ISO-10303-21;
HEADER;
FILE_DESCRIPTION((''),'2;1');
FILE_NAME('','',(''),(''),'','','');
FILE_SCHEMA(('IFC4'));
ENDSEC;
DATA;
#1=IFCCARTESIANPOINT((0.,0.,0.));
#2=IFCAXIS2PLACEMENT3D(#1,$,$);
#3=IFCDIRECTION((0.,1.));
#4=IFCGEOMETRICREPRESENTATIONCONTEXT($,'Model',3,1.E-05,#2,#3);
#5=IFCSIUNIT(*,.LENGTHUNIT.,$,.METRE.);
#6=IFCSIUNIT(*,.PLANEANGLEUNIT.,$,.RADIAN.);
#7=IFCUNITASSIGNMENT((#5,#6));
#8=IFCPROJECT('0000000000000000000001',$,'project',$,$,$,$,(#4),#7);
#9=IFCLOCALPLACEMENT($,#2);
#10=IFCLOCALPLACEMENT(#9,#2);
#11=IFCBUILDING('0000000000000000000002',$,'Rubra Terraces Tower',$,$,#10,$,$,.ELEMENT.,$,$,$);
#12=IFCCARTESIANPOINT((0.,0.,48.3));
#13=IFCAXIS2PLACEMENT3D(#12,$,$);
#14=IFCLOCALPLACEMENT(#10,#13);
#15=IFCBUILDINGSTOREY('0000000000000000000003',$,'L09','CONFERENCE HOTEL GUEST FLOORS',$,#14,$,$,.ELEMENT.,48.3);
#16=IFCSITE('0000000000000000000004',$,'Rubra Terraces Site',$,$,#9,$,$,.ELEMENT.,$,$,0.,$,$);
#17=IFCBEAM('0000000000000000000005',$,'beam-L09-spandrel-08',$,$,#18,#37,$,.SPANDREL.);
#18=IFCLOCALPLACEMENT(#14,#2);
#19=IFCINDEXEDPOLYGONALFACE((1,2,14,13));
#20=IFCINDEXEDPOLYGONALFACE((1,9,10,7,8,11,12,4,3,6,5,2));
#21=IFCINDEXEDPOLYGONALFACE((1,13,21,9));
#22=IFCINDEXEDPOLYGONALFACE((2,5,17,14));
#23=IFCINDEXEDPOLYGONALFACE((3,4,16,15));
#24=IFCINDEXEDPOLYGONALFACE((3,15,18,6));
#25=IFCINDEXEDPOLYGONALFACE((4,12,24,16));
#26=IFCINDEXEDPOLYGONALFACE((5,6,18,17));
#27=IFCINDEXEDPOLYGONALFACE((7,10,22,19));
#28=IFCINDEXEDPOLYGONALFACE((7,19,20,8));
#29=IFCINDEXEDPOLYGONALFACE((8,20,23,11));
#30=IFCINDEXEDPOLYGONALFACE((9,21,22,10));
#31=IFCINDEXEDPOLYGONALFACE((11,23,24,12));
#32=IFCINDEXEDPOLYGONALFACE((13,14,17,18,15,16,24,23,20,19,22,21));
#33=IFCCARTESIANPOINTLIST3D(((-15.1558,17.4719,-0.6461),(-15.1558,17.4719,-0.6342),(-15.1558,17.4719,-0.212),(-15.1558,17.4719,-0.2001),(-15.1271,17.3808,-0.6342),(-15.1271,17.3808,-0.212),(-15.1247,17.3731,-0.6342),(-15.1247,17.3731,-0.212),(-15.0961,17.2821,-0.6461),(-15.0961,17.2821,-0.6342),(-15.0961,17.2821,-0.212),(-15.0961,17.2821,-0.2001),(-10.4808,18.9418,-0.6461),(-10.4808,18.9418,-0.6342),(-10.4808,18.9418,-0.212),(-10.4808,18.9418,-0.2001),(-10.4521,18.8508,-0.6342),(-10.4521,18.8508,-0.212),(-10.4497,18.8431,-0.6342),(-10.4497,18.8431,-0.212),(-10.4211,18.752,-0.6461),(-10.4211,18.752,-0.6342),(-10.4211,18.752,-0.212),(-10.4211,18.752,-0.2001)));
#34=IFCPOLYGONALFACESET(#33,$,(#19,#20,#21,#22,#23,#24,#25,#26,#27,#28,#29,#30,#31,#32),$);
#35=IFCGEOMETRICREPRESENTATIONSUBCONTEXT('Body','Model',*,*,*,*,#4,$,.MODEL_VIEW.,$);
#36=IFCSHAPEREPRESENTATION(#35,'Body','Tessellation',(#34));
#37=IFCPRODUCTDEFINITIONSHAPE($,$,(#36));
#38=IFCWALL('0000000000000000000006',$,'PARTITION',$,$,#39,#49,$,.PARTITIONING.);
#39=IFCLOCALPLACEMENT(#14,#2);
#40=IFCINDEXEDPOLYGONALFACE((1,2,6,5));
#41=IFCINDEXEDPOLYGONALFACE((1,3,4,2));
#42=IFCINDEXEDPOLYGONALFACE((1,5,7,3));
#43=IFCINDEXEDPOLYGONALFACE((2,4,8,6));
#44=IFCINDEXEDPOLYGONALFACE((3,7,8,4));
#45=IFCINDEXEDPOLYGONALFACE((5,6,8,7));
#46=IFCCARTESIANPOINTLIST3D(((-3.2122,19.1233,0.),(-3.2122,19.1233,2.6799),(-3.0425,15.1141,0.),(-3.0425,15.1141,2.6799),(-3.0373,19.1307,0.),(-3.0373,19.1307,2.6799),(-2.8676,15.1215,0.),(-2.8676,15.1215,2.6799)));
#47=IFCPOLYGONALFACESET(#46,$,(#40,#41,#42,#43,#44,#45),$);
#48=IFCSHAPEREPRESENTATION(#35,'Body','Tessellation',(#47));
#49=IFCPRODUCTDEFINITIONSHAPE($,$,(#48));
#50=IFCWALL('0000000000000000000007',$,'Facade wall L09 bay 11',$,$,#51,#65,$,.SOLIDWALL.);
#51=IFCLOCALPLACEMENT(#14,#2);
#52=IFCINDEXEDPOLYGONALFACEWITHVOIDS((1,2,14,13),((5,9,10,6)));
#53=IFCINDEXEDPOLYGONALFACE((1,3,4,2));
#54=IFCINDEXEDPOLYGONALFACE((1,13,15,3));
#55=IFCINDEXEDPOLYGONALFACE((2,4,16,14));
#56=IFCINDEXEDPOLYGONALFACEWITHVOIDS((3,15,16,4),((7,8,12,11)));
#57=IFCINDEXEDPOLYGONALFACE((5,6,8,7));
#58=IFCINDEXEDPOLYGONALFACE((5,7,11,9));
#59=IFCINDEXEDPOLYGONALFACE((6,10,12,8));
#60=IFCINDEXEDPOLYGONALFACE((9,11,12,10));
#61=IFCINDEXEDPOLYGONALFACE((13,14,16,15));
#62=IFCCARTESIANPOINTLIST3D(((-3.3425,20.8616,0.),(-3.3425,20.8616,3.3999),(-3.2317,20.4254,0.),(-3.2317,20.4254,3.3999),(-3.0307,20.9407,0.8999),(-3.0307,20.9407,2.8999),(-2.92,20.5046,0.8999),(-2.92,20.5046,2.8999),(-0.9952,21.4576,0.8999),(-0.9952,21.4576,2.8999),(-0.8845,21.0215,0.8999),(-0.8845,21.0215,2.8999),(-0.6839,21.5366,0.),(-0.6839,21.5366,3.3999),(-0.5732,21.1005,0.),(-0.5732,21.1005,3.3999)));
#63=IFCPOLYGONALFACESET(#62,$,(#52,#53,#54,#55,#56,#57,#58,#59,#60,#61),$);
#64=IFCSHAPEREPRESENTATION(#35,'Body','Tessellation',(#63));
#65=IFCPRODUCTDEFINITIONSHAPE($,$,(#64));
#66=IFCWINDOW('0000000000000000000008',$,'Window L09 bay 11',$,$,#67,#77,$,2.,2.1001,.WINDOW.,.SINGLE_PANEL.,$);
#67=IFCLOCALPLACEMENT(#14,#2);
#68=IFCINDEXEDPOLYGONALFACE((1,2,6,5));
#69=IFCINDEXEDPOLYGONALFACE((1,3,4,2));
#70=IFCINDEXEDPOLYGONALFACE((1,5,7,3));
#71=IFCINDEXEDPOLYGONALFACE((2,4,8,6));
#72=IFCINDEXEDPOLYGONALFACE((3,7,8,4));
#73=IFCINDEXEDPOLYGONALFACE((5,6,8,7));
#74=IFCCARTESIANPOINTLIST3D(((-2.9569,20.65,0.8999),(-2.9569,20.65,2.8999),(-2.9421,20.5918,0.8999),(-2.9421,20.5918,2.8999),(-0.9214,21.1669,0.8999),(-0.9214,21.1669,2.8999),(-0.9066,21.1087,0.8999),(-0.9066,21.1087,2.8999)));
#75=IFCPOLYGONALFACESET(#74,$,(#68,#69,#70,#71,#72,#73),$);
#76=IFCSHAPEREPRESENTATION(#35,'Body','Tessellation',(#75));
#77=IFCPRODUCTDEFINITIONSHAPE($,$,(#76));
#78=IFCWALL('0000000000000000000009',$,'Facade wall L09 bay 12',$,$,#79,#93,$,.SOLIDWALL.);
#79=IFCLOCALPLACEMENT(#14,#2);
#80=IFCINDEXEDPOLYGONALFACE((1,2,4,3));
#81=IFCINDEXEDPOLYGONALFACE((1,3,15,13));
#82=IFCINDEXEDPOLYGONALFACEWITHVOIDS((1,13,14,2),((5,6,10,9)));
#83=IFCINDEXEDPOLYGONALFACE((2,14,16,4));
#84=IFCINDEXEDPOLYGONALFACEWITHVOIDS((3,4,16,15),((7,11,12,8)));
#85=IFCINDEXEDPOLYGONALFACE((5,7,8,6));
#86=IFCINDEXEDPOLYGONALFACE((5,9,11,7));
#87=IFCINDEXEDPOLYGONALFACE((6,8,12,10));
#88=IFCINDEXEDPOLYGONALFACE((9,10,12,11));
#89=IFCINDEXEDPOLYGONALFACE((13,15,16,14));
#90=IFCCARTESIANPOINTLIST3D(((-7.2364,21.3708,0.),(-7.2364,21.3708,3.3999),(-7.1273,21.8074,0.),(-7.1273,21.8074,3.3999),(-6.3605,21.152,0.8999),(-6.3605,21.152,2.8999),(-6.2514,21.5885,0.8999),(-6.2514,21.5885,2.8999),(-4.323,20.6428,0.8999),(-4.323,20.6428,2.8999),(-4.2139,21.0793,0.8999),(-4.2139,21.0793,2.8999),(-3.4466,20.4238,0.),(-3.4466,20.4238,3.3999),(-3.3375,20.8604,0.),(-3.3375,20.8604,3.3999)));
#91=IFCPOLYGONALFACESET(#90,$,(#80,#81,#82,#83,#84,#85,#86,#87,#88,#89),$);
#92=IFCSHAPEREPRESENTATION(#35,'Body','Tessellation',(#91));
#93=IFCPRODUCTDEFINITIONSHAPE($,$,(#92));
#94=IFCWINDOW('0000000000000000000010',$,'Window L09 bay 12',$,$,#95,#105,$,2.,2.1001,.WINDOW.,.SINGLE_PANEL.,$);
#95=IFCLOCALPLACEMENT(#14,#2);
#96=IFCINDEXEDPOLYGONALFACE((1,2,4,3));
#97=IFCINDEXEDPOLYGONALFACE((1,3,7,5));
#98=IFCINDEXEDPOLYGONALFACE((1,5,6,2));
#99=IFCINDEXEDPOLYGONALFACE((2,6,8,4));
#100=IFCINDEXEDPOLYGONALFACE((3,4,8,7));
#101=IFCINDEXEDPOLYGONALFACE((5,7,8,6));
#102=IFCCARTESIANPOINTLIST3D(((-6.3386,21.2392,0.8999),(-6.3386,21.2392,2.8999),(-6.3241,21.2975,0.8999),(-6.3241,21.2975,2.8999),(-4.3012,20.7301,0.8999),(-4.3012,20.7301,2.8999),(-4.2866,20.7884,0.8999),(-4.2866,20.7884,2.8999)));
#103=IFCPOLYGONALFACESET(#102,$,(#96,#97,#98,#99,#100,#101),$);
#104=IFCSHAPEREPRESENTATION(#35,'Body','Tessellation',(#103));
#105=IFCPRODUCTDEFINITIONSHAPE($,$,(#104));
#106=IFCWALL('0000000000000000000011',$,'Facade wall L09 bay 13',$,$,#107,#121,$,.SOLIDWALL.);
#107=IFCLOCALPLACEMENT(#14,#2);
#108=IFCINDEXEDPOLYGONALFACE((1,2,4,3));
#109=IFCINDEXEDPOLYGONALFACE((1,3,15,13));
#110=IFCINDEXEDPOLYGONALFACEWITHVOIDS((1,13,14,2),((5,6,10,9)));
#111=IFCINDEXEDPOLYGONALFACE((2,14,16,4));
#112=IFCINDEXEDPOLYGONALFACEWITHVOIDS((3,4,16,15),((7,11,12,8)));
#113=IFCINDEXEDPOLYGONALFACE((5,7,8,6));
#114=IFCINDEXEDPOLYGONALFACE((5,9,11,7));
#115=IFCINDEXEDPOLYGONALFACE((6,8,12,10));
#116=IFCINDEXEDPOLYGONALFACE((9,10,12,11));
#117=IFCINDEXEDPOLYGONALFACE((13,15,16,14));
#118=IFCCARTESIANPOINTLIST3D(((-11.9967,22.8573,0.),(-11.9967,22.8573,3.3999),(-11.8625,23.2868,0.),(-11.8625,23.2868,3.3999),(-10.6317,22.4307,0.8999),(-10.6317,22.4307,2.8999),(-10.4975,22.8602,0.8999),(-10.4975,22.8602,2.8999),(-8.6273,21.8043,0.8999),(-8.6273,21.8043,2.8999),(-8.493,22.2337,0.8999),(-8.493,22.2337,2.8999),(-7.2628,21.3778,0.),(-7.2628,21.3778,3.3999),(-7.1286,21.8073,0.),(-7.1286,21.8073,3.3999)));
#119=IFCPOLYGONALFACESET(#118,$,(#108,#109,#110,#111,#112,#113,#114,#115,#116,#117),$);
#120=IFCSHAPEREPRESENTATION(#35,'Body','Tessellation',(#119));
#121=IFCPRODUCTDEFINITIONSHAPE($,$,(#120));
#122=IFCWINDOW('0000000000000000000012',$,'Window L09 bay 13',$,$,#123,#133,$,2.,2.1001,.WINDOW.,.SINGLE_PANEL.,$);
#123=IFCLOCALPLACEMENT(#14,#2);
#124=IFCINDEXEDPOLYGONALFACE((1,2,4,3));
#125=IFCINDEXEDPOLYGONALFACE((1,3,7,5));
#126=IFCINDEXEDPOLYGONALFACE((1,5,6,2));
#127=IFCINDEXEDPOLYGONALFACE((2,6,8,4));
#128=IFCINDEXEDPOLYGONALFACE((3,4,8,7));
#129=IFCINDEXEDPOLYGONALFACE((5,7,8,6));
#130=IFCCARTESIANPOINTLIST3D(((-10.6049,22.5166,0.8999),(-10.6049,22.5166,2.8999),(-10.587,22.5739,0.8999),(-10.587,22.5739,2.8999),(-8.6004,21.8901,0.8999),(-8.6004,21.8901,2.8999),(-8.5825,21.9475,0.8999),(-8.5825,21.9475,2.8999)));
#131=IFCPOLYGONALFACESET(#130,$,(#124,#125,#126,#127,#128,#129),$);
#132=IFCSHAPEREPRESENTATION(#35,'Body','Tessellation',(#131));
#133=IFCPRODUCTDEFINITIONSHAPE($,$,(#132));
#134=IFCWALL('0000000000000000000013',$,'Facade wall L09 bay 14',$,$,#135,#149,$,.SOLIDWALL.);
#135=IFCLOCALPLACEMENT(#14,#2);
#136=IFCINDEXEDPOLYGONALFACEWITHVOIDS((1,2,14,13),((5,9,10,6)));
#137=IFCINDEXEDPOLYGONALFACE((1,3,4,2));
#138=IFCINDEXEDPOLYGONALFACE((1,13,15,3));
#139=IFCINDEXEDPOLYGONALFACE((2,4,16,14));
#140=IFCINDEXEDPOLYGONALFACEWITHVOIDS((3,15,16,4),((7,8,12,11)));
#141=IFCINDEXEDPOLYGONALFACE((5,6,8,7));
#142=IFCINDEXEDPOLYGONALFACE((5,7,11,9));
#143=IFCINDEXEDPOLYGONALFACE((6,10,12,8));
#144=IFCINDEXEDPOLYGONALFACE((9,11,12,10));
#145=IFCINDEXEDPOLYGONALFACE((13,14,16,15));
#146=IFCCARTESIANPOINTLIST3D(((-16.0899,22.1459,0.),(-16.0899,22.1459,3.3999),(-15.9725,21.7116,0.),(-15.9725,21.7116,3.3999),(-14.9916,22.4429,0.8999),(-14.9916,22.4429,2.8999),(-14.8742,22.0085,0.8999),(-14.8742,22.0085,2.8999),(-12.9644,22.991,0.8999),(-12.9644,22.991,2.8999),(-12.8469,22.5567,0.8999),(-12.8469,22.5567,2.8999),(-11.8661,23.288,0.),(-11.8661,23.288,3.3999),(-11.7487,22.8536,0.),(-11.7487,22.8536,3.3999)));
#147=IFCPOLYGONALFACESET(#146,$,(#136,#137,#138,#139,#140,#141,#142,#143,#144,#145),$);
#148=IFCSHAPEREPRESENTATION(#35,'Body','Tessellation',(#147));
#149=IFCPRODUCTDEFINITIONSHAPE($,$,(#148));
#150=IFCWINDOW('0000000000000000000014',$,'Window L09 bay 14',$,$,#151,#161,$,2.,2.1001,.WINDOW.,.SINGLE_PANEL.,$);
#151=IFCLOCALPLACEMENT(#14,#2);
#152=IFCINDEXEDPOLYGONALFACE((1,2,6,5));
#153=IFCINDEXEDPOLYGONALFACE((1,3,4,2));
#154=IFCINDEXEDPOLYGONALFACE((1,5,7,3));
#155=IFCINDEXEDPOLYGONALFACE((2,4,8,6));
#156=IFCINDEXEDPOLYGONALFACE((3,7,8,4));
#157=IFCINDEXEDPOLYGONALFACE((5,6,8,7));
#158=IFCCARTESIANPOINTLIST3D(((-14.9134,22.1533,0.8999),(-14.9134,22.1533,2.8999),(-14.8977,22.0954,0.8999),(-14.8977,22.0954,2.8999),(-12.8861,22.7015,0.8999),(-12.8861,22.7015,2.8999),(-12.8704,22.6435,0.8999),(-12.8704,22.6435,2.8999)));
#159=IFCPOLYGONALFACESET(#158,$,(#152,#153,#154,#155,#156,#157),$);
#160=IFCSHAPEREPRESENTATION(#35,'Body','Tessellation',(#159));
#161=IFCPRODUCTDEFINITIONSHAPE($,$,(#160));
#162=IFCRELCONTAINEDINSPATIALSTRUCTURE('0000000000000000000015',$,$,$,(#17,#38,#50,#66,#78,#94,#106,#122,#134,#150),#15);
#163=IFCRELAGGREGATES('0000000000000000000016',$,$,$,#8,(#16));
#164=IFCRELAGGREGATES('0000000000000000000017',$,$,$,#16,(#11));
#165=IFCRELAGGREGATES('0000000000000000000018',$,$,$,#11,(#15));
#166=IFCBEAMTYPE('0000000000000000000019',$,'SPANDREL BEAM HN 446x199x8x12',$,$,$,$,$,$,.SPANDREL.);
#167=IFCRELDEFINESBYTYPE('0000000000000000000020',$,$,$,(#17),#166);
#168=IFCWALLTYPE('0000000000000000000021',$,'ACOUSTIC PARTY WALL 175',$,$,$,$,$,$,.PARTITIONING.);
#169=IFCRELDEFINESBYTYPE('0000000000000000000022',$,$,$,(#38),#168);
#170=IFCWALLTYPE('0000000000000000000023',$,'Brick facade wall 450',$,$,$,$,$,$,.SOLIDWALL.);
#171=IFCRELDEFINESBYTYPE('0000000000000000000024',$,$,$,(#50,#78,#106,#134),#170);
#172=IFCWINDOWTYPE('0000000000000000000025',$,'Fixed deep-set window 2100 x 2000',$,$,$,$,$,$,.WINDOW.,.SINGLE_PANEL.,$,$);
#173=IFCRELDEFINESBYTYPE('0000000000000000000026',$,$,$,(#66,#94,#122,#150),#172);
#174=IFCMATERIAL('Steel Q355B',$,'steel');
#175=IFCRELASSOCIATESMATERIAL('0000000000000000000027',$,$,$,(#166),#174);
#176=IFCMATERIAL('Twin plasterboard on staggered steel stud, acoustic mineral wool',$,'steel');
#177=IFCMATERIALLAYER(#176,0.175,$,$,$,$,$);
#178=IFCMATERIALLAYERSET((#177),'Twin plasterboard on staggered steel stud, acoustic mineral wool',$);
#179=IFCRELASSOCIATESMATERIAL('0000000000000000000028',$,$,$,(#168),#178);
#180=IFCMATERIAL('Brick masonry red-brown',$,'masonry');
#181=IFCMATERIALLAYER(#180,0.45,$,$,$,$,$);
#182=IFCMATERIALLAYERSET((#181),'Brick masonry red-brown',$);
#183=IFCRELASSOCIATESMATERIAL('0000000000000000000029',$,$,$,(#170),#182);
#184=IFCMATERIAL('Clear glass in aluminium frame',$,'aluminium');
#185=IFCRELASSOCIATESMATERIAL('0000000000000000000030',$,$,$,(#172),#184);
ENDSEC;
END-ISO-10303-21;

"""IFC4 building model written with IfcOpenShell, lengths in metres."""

from ifc_helpers import new_model, si_unit, direction, frame, frame_2d, origin, origin_2d, place, context, subcontext, project, spatial, rectangle, i_section, extrude, material, layer, layer_set, material_profile, profile_set, type_object, element, fill, save


model = new_model("IFC4")

# Units and contexts
model_context = context("Model", 3, precision=1e-05, world=origin(), true_north=direction((0.0, 1.0)))
body_context = subcontext(model_context, "Body", "Model", "MODEL_VIEW")
ifc_project = project(units=[si_unit("LENGTHUNIT", "METRE"), si_unit("PLANEANGLEUNIT", "RADIAN")], contexts=[model_context])

# Site, building, storey
site_placement = place(None, origin())
site = spatial("IfcSite", under=ifc_project, at=site_placement, Name="Rubra Terraces Site", CompositionType="ELEMENT", RefElevation=0.0)
building_placement = place(site_placement, origin())
building = spatial("IfcBuilding", under=site, at=building_placement, Name="Rubra Terraces Tower", CompositionType="ELEMENT")
storey_placement = place(building_placement, frame((0.0, 0.0, 48.3)))
storey = spatial("IfcBuildingStorey", under=building, at=storey_placement, Name="L09", Description="CONFERENCE HOTEL GUEST FLOORS", CompositionType="ELEMENT", Elevation=48.3)

# Beam
ifc_material_1 = material(Name="Steel Q355B", Category="steel")
ifc_material_profile_1 = material_profile(ifc_material_1, i_section(OverallWidth=0.199, OverallDepth=0.446, WebThickness=0.0081, FlangeThickness=0.012, at=origin_2d()), Name="HN 446x199x8x12")
ifc_profile_set_1 = profile_set([ifc_material_profile_1], Name="Steel Q355B")
beam_type_1 = type_object("IfcBeamType", Name="SPANDREL BEAM HN 446x199x8x12", PredefinedType="SPANDREL", material=ifc_profile_set_1)
beam_1_placement = place(storey_placement, frame((-10.4509, 18.8469, -0.4231), z_axis=(-0.953955, -0.299951, 0.0), x_axis=(0.299951, -0.953955, 0.0)))
element("IfcBeam", 1, at=beam_1_placement, inside=storey, type_object=beam_type_1, Name="beam-L09-spandrel-08", PredefinedType="SPANDREL", context=body_context, shape_type="SweptSolid", body=[
    extrude(i_section(OverallWidth=0.199, OverallDepth=0.446, WebThickness=0.0081, FlangeThickness=0.012, at=origin_2d()), origin(), (0.0, 0.0, 1.0), 4.9006),
])

# Wall
ifc_material_2 = material(Name="Twin plasterboard on staggered steel stud, acoustic mineral wool", Category="steel")
ifc_layer_1 = layer(ifc_material_2, 0.175)
ifc_layer_set_1 = layer_set([ifc_layer_1], Name="Twin plasterboard on staggered steel stud, acoustic mineral wool")
wall_type_1 = type_object("IfcWallType", Name="ACOUSTIC PARTY WALL 175", PredefinedType="PARTITIONING", material=ifc_layer_set_1)
wall_1_placement = place(storey_placement, frame((-3.1248, 19.127, 0.0), z_axis=(0.0, 0.0, 1.0), x_axis=(0.042286, -0.999106, 0.0)))
element("IfcWall", 2, at=wall_1_placement, inside=storey, type_object=wall_type_1, Name="PARTITION", PredefinedType="PARTITIONING", context=body_context, shape_type="SweptSolid", body=[
    extrude(rectangle(XDim=4.0127, YDim=0.175, at=frame_2d((2.0063, 0.0))), origin(), (0.0, 0.0, 1.0), 2.6799),
])

# Walls, openings, windows
ifc_material_3 = material(Name="Brick masonry red-brown", Category="masonry")
ifc_layer_2 = layer(ifc_material_3, 0.45)
ifc_layer_set_2 = layer_set([ifc_layer_2], Name="Brick masonry red-brown")
wall_type_2 = type_object("IfcWallType", Name="Brick facade wall 450", PredefinedType="SOLIDWALL", material=ifc_layer_set_2)
wall_2_placement = place(storey_placement, frame((-0.6284, 21.3186, 0.0), z_axis=(0.0, 0.0, 1.0), x_axis=(-0.969241, -0.246115, 0.0)))
wall_2 = element("IfcWall", 3, at=wall_2_placement, inside=storey, type_object=wall_type_2, Name="Facade wall L09 bay 11", PredefinedType="SOLIDWALL", context=body_context, shape_type="SweptSolid", body=[
    extrude(rectangle(XDim=2.7429, YDim=0.45, at=frame_2d((1.3716, 0.0))), origin(), (0.0, 0.0, 1.0), 3.3999),
])
opening_1_placement = place(wall_2_placement, frame((0.3213, 0.0, 0.8999)))
opening_1 = element("IfcOpeningElement", 4, at=opening_1_placement, cuts=wall_2, PredefinedType="OPENING", context=body_context, shape_type="SweptSolid", body=[
    extrude(rectangle(XDim=2.1001, YDim=2.0, at=frame_2d((1.05, 1.0))), frame((0.0, 0.2349, 0.0), z_axis=(0.0, -1.0, 0.0), x_axis=(1.0, 0.0, 0.0)), (0.0, 0.0, 1.0), 0.47),
])
ifc_material_4 = material(Name="Clear glass in aluminium frame", Category="aluminium")
window_type = type_object("IfcWindowType", Name="Fixed deep-set window 2100 x 2000", PartitioningType="SINGLE_PANEL", PredefinedType="WINDOW", material=ifc_material_4)
window_1_placement = place(opening_1_placement, origin())
window_1 = element("IfcWindow", 5, at=window_1_placement, inside=storey, type_object=window_type, Name="Window L09 bay 11", OverallHeight=2.0, OverallWidth=2.1001, PartitioningType="SINGLE_PANEL", PredefinedType="WINDOW", context=body_context, shape_type="SweptSolid", body=[
    extrude(rectangle(XDim=2.1001, YDim=2.0, at=frame_2d((1.05, 1.0))), frame((0.0, 0.135, 0.0), z_axis=(0.0, -1.0, 0.0), x_axis=(1.0, 0.0, 0.0)), (0.0, 0.0, 1.0), 0.0601),
])
fill(opening_1, window_1)
wall_3_placement = place(storey_placement, frame((-3.3921, 20.6421, 0.0), z_axis=(0.0, 0.0, 1.0), x_axis=(-0.970168, 0.242433, 0.0)))
wall_3 = element("IfcWall", 6, at=wall_3_placement, inside=storey, type_object=wall_type_2, Name="Facade wall L09 bay 12", PredefinedType="SOLIDWALL", context=body_context, shape_type="SweptSolid", body=[
    extrude(rectangle(XDim=3.9062, YDim=0.45, at=frame_2d((1.9531, 0.0))), origin(), (0.0, 0.0, 1.0), 3.3999),
])
opening_2_placement = place(wall_3_placement, frame((0.9033, 0.0, 0.8999)))
opening_2 = element("IfcOpeningElement", 7, at=opening_2_placement, cuts=wall_3, PredefinedType="OPENING", context=body_context, shape_type="SweptSolid", body=[
    extrude(rectangle(XDim=2.1001, YDim=2.0, at=frame_2d((1.05, 1.0))), frame((0.0, 0.2349, 0.0), z_axis=(0.0, -1.0, 0.0), x_axis=(1.0, 0.0, 0.0)), (0.0, 0.0, 1.0), 0.47),
])
window_2_placement = place(opening_2_placement, origin())
window_2 = element("IfcWindow", 8, at=window_2_placement, inside=storey, type_object=window_type, Name="Window L09 bay 12", OverallHeight=2.0, OverallWidth=2.1001, PartitioningType="SINGLE_PANEL", PredefinedType="WINDOW", context=body_context, shape_type="SweptSolid", body=[
    extrude(rectangle(XDim=2.1001, YDim=2.0, at=frame_2d((1.05, 1.0))), frame((0.0, 0.135, 0.0), z_axis=(0.0, -1.0, 0.0), x_axis=(1.0, 0.0, 0.0)), (0.0, 0.0, 1.0), 0.0601),
])
fill(opening_2, window_2)
wall_4_placement = place(storey_placement, frame((-7.1956, 21.5925, 0.0), z_axis=(0.0, 0.0, 1.0), x_axis=(-0.954471, 0.298303, 0.0)))
wall_4 = element("IfcWall", 9, at=wall_4_placement, inside=storey, type_object=wall_type_2, Name="Facade wall L09 bay 13", PredefinedType="SOLIDWALL", context=body_context, shape_type="SweptSolid", body=[
    extrude(rectangle(XDim=4.9597, YDim=0.45, at=frame_2d((2.48, 0.0))), origin(), (0.0, 0.0, 1.0), 3.3999),
])
opening_3_placement = place(wall_4_placement, frame((1.4297, 0.0, 0.8999)))
opening_3 = element("IfcOpeningElement", 10, at=opening_3_placement, cuts=wall_4, PredefinedType="OPENING", context=body_context, shape_type="SweptSolid", body=[
    extrude(rectangle(XDim=2.1001, YDim=2.0, at=frame_2d((1.05, 1.0))), frame((0.0, 0.2349, 0.0), z_axis=(0.0, -1.0, 0.0), x_axis=(1.0, 0.0, 0.0)), (0.0, 0.0, 1.0), 0.47),
])
window_3_placement = place(opening_3_placement, origin())
window_3 = element("IfcWindow", 11, at=window_3_placement, inside=storey, type_object=window_type, Name="Window L09 bay 13", OverallHeight=2.0, OverallWidth=2.1001, PartitioningType="SINGLE_PANEL", PredefinedType="WINDOW", context=body_context, shape_type="SweptSolid", body=[
    extrude(rectangle(XDim=2.1001, YDim=2.0, at=frame_2d((1.05, 1.0))), frame((0.0, 0.135, 0.0), z_axis=(0.0, -1.0, 0.0), x_axis=(1.0, 0.0, 0.0)), (0.0, 0.0, 1.0), 0.0601),
])
fill(opening_3, window_3)
wall_5_placement = place(storey_placement, frame((-11.8074, 23.0708, 0.0), z_axis=(0.0, 0.0, 1.0), x_axis=(-0.965335, -0.261016, 0.0)))
wall_5 = element("IfcWall", 12, at=wall_5_placement, inside=storey, type_object=wall_type_2, Name="Facade wall L09 bay 14", PredefinedType="SOLIDWALL", context=body_context, shape_type="SweptSolid", body=[
    extrude(rectangle(XDim=4.3755, YDim=0.45, at=frame_2d((2.1877, 0.0))), origin(), (0.0, 0.0, 1.0), 3.3999),
])
opening_4_placement = place(wall_5_placement, frame((1.1377, 0.0, 0.8999)))
opening_4 = element("IfcOpeningElement", 13, at=opening_4_placement, cuts=wall_5, PredefinedType="OPENING", context=body_context, shape_type="SweptSolid", body=[
    extrude(rectangle(XDim=2.1001, YDim=2.0, at=frame_2d((1.05, 1.0))), frame((0.0, 0.2349, 0.0), z_axis=(0.0, -1.0, 0.0), x_axis=(1.0, 0.0, 0.0)), (0.0, 0.0, 1.0), 0.47),
])
window_4_placement = place(opening_4_placement, origin())
window_4 = element("IfcWindow", 14, at=window_4_placement, inside=storey, type_object=window_type, Name="Window L09 bay 14", OverallHeight=2.0, OverallWidth=2.1001, PartitioningType="SINGLE_PANEL", PredefinedType="WINDOW", context=body_context, shape_type="SweptSolid", body=[
    extrude(rectangle(XDim=2.1001, YDim=2.0, at=frame_2d((1.05, 1.0))), frame((0.0, 0.135, 0.0), z_axis=(0.0, -1.0, 0.0), x_axis=(1.0, 0.0, 0.0)), (0.0, 0.0, 1.0), 0.0601),
])
fill(opening_4, window_4)

save(model, "model.ifc")
